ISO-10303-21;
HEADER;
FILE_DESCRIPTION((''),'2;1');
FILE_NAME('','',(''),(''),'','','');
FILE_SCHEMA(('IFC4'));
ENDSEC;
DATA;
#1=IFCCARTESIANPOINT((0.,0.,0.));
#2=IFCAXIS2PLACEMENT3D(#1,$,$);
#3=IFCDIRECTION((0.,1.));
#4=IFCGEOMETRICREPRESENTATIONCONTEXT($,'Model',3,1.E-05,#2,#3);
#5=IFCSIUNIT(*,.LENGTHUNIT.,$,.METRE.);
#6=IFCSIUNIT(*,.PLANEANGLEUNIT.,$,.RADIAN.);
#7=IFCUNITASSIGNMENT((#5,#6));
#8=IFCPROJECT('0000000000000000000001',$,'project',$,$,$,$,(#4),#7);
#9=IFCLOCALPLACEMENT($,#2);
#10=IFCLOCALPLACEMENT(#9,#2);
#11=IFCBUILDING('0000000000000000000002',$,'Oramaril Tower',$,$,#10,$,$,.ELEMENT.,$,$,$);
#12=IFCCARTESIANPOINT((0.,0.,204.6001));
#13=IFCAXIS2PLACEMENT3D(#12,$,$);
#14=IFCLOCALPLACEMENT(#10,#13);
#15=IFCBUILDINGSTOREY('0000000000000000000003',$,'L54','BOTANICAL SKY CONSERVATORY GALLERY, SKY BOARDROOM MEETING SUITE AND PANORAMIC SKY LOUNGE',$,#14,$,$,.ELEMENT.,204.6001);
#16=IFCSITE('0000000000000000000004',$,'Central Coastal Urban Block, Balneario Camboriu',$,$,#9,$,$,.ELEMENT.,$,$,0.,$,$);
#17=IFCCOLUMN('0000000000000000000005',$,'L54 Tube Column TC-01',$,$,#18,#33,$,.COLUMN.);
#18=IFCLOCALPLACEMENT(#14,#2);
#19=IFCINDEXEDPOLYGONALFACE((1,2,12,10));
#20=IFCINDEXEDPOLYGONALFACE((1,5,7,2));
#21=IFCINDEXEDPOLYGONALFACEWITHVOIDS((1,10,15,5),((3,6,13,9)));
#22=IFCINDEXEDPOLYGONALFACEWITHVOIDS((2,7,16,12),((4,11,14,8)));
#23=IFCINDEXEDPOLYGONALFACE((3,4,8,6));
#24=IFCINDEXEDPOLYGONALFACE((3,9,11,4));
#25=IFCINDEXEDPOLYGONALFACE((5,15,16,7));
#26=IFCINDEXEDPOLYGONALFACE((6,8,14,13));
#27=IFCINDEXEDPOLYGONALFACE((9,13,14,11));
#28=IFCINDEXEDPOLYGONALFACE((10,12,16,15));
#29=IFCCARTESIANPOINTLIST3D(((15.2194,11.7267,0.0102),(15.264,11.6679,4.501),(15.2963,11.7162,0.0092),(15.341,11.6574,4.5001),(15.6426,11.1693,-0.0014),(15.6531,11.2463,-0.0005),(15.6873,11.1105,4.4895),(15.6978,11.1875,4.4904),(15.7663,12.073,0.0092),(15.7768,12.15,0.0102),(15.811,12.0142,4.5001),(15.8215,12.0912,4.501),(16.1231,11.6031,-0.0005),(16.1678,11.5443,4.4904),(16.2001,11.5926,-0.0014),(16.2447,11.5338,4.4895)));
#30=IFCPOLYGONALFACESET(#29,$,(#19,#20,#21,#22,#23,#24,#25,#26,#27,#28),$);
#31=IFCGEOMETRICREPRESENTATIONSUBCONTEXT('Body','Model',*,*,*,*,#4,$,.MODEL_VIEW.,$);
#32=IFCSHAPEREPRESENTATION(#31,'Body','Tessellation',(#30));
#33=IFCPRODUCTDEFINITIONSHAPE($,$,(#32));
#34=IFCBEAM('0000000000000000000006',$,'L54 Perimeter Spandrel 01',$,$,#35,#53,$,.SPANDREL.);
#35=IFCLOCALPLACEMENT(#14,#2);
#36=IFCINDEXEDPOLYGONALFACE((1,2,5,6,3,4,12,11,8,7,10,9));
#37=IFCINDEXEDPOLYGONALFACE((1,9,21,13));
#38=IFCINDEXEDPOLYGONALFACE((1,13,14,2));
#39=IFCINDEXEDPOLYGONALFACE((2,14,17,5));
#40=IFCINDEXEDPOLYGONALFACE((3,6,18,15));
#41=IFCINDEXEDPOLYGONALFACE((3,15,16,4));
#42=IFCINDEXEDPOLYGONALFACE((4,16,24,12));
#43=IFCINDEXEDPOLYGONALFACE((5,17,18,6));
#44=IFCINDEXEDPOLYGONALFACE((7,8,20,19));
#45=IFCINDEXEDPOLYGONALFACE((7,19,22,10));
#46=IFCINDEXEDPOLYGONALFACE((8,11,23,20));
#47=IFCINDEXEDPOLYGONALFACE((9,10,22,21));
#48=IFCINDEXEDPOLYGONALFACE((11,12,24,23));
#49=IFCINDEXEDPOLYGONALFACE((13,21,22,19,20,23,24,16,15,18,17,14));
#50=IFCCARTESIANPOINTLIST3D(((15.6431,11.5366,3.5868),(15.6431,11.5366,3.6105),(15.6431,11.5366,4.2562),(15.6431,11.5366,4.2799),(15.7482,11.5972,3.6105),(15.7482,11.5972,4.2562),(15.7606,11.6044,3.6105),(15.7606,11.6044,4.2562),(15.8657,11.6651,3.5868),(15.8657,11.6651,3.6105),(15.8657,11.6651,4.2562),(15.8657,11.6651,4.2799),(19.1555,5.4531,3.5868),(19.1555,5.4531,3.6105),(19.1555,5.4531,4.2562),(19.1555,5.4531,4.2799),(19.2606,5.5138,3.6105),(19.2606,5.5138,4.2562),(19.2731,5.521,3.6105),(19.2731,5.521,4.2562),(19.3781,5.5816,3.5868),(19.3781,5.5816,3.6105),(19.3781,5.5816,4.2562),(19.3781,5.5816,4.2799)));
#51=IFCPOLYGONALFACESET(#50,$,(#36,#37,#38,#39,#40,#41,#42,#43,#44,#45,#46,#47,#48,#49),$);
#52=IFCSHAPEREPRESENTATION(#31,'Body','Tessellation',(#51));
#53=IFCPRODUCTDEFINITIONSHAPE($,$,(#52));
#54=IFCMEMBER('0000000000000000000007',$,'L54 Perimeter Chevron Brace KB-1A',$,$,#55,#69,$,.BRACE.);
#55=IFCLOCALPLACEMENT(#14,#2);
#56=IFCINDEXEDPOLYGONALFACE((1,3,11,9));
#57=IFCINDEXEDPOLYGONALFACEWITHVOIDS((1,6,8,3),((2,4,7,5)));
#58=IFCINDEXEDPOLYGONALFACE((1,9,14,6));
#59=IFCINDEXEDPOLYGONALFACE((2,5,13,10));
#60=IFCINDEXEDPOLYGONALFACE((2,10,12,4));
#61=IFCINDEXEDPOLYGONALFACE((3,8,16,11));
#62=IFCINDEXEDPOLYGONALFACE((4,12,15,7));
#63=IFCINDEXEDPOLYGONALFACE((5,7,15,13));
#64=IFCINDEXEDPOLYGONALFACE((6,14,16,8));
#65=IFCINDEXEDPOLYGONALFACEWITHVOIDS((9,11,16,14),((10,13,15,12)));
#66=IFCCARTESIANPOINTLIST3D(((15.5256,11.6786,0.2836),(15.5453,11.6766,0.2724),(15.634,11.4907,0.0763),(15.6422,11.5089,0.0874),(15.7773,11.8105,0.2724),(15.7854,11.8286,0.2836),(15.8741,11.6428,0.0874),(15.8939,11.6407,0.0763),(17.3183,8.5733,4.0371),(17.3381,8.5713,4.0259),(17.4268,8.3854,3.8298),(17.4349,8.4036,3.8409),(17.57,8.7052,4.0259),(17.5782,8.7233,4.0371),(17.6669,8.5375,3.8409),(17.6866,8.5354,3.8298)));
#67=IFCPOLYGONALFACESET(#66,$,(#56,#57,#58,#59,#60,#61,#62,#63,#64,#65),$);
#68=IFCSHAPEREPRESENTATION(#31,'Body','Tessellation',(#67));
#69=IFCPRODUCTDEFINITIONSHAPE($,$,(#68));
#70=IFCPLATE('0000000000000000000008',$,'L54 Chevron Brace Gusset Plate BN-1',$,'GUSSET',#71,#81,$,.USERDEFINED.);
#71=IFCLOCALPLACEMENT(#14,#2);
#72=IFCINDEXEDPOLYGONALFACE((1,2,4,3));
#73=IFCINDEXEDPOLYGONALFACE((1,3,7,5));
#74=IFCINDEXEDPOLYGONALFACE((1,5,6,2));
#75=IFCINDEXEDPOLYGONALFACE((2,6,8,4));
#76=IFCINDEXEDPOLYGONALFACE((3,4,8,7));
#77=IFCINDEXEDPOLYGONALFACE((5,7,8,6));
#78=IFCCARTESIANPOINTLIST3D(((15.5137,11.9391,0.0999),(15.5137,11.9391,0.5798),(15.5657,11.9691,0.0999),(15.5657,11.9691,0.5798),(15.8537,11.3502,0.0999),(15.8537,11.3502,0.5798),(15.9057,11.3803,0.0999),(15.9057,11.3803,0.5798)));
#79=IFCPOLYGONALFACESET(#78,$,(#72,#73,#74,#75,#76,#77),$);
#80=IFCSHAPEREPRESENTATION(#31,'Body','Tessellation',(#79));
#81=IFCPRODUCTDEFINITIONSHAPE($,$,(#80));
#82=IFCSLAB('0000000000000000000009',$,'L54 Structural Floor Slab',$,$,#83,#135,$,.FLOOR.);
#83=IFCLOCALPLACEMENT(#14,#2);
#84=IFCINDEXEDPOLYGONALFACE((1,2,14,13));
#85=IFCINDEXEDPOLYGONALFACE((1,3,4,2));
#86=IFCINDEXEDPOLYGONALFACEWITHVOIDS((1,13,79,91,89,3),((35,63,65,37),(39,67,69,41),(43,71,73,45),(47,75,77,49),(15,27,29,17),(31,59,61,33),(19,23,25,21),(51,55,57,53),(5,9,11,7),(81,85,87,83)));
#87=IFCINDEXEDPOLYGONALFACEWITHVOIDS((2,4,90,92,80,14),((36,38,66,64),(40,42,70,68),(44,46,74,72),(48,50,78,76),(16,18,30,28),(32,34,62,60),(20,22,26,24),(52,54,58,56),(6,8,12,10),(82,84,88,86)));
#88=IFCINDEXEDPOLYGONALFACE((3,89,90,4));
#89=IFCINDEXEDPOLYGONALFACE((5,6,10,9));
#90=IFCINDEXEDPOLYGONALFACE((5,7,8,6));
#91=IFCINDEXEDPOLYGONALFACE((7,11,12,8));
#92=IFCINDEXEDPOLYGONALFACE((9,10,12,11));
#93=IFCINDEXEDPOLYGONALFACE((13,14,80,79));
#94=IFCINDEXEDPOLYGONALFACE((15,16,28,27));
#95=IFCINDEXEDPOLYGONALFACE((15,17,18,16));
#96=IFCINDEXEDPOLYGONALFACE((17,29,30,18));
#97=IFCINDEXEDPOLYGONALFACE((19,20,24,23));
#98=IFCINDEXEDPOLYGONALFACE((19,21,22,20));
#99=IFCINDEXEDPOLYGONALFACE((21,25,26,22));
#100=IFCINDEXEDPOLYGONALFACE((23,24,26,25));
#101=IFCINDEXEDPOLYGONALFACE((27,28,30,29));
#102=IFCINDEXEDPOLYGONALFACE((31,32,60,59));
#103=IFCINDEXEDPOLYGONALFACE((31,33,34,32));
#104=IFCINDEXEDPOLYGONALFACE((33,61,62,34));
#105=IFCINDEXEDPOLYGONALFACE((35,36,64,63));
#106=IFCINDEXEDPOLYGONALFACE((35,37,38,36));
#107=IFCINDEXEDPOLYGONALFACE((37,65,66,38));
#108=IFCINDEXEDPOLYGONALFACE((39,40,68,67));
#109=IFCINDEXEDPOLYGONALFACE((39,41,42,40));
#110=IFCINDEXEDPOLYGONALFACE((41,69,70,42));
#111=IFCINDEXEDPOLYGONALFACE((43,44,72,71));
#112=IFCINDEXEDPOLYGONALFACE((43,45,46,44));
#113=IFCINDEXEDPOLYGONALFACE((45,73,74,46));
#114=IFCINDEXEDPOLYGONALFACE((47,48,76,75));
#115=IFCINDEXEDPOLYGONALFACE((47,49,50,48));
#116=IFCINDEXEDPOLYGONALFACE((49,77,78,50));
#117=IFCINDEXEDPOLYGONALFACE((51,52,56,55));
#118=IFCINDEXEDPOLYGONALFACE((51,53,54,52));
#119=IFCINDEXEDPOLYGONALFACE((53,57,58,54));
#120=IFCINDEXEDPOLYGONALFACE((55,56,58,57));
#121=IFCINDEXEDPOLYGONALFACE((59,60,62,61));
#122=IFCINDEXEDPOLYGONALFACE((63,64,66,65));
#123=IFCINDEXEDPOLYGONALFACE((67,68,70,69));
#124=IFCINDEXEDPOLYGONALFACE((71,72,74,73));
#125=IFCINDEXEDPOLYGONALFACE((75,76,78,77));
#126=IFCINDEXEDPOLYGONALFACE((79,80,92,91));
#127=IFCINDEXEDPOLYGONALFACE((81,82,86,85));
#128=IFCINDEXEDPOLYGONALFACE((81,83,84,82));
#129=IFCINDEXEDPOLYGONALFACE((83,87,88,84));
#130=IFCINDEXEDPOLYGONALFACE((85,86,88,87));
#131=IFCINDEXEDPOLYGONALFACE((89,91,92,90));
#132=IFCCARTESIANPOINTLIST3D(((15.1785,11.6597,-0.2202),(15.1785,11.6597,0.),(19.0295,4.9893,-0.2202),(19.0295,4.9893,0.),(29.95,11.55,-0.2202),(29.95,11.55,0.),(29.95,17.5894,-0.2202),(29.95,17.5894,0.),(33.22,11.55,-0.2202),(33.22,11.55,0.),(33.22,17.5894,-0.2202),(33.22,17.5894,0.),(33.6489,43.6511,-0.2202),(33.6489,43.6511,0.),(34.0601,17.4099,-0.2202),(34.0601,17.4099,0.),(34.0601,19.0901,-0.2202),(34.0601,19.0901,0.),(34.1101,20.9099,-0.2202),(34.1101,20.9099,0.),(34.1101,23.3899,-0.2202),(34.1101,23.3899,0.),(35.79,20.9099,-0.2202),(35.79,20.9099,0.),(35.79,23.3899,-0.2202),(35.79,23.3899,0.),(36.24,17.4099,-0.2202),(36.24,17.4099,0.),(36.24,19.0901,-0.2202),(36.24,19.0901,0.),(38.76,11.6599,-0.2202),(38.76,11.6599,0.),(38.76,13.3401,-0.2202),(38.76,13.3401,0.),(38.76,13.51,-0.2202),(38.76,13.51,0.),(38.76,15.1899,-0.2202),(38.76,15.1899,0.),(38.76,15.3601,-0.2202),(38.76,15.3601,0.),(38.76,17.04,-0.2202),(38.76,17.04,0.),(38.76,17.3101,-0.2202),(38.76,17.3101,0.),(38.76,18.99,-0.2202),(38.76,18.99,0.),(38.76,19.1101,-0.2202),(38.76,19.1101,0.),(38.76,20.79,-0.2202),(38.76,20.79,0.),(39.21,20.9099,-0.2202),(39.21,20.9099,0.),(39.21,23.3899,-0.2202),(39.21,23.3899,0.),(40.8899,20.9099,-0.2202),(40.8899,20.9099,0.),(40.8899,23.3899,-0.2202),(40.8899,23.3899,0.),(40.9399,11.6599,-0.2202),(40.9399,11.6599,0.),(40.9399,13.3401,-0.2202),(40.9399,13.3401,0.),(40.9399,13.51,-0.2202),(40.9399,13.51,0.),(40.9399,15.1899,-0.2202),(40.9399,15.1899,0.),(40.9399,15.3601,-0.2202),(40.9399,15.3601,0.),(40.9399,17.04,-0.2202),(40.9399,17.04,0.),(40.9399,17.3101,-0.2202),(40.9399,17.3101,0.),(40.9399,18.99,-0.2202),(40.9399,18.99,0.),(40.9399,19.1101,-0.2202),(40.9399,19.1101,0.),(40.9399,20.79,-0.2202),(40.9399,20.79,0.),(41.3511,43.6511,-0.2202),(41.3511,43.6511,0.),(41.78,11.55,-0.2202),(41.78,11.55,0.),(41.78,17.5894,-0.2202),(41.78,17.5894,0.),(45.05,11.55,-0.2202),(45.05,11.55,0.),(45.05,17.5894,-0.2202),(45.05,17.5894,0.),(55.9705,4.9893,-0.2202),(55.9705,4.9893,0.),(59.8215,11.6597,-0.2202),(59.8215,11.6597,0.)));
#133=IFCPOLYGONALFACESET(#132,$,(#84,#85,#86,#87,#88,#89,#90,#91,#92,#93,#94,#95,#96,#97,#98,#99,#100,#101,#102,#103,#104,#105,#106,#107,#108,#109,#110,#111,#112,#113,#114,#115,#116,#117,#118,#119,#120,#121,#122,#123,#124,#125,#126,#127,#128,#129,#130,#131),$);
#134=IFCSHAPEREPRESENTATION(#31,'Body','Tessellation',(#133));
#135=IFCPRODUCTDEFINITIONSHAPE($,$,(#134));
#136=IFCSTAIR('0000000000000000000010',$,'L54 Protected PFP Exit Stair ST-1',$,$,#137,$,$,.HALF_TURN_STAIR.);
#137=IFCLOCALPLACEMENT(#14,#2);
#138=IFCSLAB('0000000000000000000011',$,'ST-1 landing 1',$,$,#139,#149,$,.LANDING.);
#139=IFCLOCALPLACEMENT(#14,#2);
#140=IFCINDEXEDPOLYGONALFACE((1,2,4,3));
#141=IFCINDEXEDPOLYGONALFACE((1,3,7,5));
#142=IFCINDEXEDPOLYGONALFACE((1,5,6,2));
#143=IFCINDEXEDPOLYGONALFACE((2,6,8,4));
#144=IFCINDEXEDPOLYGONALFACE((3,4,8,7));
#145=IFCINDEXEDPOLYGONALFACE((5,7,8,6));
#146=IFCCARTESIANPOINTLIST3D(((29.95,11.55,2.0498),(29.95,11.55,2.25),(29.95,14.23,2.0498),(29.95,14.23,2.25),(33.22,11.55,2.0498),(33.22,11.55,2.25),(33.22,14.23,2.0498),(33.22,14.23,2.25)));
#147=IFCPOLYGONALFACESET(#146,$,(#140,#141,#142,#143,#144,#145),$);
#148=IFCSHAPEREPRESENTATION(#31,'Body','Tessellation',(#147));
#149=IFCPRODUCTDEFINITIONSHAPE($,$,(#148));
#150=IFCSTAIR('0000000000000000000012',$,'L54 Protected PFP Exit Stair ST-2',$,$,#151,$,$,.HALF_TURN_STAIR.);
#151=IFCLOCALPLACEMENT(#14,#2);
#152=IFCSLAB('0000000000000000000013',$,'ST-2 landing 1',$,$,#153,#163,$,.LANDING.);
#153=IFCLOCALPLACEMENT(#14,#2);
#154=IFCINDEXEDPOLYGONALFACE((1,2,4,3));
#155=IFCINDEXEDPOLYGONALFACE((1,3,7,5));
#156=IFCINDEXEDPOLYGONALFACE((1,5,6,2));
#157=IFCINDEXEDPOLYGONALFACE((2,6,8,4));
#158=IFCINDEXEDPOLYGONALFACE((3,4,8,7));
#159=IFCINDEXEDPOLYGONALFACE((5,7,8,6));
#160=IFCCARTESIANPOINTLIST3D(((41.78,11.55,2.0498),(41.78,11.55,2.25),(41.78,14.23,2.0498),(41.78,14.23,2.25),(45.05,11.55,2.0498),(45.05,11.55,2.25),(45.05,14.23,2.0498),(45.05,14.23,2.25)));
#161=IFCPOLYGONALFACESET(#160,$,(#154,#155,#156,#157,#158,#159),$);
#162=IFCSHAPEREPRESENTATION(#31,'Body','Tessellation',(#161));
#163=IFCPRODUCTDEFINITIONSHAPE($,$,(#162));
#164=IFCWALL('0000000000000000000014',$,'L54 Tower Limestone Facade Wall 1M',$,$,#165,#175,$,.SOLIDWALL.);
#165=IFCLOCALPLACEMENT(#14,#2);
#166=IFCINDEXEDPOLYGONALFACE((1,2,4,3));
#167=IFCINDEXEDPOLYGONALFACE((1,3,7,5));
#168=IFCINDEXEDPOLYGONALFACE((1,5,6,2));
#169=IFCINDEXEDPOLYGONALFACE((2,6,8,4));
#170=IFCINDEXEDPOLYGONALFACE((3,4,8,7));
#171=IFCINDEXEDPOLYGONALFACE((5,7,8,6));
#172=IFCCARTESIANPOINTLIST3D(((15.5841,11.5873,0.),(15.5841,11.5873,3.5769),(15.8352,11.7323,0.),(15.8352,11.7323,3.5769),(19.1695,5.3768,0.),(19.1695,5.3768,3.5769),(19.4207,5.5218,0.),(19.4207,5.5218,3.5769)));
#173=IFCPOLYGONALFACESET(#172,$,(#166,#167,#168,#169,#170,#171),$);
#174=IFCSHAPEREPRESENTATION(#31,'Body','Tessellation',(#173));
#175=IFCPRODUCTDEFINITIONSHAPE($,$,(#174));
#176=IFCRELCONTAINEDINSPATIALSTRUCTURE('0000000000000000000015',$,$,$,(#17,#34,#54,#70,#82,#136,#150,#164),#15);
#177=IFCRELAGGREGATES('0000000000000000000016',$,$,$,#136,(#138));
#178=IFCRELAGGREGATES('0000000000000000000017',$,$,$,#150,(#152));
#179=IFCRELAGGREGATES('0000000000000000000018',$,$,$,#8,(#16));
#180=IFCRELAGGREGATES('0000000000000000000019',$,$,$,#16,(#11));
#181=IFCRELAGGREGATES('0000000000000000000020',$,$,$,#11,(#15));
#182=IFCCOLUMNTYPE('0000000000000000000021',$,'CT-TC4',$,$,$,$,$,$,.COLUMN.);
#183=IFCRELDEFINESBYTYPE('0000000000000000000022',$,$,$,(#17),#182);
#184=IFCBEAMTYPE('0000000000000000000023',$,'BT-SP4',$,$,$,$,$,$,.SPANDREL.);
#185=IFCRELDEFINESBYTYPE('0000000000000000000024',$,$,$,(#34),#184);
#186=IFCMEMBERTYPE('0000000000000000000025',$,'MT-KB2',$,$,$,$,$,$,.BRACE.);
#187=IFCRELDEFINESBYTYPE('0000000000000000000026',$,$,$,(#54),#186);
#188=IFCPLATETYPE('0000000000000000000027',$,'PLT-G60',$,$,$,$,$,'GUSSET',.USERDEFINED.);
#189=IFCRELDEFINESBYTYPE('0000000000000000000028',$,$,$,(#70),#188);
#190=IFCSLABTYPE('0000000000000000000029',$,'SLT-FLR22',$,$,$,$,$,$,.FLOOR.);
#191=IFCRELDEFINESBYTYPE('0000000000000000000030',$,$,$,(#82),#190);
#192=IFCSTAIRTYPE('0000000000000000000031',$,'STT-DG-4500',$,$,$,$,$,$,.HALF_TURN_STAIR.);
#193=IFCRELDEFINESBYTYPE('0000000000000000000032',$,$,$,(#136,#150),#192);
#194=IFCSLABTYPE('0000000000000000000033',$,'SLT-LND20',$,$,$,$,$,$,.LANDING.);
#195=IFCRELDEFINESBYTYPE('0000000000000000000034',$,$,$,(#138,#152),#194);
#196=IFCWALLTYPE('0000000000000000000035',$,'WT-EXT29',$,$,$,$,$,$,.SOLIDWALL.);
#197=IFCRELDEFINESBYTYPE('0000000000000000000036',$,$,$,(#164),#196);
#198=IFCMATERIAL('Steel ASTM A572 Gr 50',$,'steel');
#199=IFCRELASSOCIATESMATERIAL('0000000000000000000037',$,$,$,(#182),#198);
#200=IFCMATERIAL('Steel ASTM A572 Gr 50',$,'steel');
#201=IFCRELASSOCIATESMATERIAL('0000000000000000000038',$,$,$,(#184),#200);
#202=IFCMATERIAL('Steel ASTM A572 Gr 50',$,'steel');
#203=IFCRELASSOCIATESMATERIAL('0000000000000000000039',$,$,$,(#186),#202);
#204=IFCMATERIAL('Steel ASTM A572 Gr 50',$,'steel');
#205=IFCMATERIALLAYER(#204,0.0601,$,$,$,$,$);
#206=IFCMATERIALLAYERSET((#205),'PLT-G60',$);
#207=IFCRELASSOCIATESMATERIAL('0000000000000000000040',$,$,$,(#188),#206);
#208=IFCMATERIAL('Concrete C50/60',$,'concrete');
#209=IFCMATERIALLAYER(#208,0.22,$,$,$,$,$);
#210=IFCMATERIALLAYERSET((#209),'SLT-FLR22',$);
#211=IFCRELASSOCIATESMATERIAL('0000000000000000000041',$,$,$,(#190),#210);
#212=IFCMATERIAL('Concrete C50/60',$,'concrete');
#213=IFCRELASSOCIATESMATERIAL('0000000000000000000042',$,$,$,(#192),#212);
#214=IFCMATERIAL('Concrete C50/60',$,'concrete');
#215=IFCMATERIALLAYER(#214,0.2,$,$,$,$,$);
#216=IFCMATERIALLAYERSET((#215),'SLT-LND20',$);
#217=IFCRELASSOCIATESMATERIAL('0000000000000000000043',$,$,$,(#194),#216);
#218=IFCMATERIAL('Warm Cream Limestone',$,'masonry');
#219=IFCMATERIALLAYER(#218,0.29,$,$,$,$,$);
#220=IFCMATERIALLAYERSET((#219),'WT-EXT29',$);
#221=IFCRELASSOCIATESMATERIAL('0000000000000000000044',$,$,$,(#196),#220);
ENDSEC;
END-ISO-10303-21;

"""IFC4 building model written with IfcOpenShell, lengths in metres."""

from ifc_helpers import new_model, si_unit, direction, frame, frame_2d, origin, origin_2d, place, context, subcontext, project, spatial, polyline, rectangle, hollow_rectangle, i_section, outline, extrude, material, layer, layer_set, material_profile, profile_set, type_object, element, aggregate, save


model = new_model("IFC4")

# Units and contexts
model_context = context("Model", 3, precision=1e-05, world=origin(), true_north=direction((0.0, 1.0)))
body_context = subcontext(model_context, "Body", "Model", "MODEL_VIEW")
ifc_project = project(units=[si_unit("LENGTHUNIT", "METRE"), si_unit("PLANEANGLEUNIT", "RADIAN")], contexts=[model_context])

# Site, building, storey
site_placement = place(None, origin())
site = spatial("IfcSite", under=ifc_project, at=site_placement, Name="Central Coastal Urban Block, Balneario Camboriu", CompositionType="ELEMENT", RefElevation=0.0)
building_placement = place(site_placement, origin())
building = spatial("IfcBuilding", under=site, at=building_placement, Name="Oramaril Tower", CompositionType="ELEMENT")
storey_placement = place(building_placement, frame((0.0, 0.0, 204.6001)))
storey = spatial("IfcBuildingStorey", under=building, at=storey_placement, Name="L54", Description="BOTANICAL SKY CONSERVATORY GALLERY, SKY BOARDROOM MEETING SUITE AND PANORAMIC SKY LOUNGE", CompositionType="ELEMENT", Elevation=204.6001)

# Column
ifc_material_1 = material(Name="Steel ASTM A572 Gr 50", Category="steel")
ifc_material_profile_1 = material_profile(ifc_material_1, hollow_rectangle(XDim=0.7, YDim=0.7, WallThickness=0.0549, at=origin_2d()), Name="BOX700X700X55")
ifc_profile_set_1 = profile_set([ifc_material_profile_1], Name="Steel ASTM A572 Gr 50")
column_type = type_object("IfcColumnType", Name="CT-TC4", PredefinedType="COLUMN", material=ifc_profile_set_1)
column_placement = place(storey_placement, frame((15.7097, 11.6597, 0.0044), z_axis=(0.009947, -0.0131, 0.999865), x_axis=(0.796417, 0.604748, 0.0)))
element("IfcColumn", 1, at=column_placement, inside=storey, type_object=column_type, Name="L54 Tube Column TC-01", PredefinedType="COLUMN", context=body_context, shape_type="SweptSolid", body=[
    extrude(hollow_rectangle(XDim=0.7, YDim=0.7, WallThickness=0.0549, at=origin_2d()), origin(), (0.0, 0.0, 1.0), 4.4915),
])

# Beam
ifc_material_2 = material(Name="Steel ASTM A572 Gr 50", Category="steel")
ifc_material_profile_2 = material_profile(ifc_material_2, i_section(OverallWidth=0.2571, OverallDepth=0.6931, WebThickness=0.0144, FlangeThickness=0.0237, at=origin_2d()), Name="W27X114")
ifc_profile_set_2 = profile_set([ifc_material_profile_2], Name="Steel ASTM A572 Gr 50")
beam_type = type_object("IfcBeamType", Name="BT-SP4", PredefinedType="SPANDREL", material=ifc_profile_set_2)
beam_placement = place(storey_placement, frame((15.7544, 11.6008, 3.9333), z_axis=(0.500015, -0.866017, 0.0), x_axis=(0.866017, 0.500015, 0.0)))
element("IfcBeam", 2, at=beam_placement, inside=storey, type_object=beam_type, Name="L54 Perimeter Spandrel 01", PredefinedType="SPANDREL", context=body_context, shape_type="SweptSolid", body=[
    extrude(i_section(OverallWidth=0.2571, OverallDepth=0.6931, WebThickness=0.0144, FlangeThickness=0.0237, at=origin_2d()), origin(), (0.0, 0.0, 1.0), 7.0247),
])

# Member
ifc_material_3 = material(Name="Steel ASTM A572 Gr 50", Category="steel")
ifc_material_profile_3 = material_profile(ifc_material_3, hollow_rectangle(XDim=0.3, YDim=0.3, WallThickness=0.0161, at=origin_2d()), Name="HSS300X300X16")
ifc_profile_set_3 = profile_set([ifc_material_profile_3], Name="Steel ASTM A572 Gr 50")
member_type = type_object("IfcMemberType", Name="MT-KB2", PredefinedType="BRACE", material=ifc_profile_set_3)
member_placement = place(storey_placement, frame((15.7097, 11.6597, 0.1799), z_axis=(0.345366, -0.598217, 0.72309), x_axis=(0.866035, 0.499984, 0.0)))
element("IfcMember", 3, at=member_placement, inside=storey, type_object=member_type, Name="L54 Perimeter Chevron Brace KB-1A", PredefinedType="BRACE", context=body_context, shape_type="SweptSolid", body=[
    extrude(hollow_rectangle(XDim=0.3, YDim=0.3, WallThickness=0.0161, at=origin_2d()), origin(), (0.0, 0.0, 1.0), 5.1909),
])

# Plate
ifc_material_4 = material(Name="Steel ASTM A572 Gr 50", Category="steel")
ifc_layer_1 = layer(ifc_material_4, 0.0601)
ifc_layer_set_1 = layer_set([ifc_layer_1], Name="PLT-G60")
plate_type = type_object("IfcPlateType", Name="PLT-G60", ElementType="GUSSET", PredefinedType="USERDEFINED", material=ifc_layer_set_1)
plate_placement = place(storey_placement, frame((15.7097, 11.6597, 0.0999), z_axis=(0.0, 0.0, 1.0), x_axis=(0.499998, -0.866026, 0.0)))
element("IfcPlate", 4, at=plate_placement, inside=storey, type_object=plate_type, Name="L54 Chevron Brace Gusset Plate BN-1", ObjectType="GUSSET", PredefinedType="USERDEFINED", context=body_context, shape_type="SweptSolid", body=[
    extrude(rectangle(XDim=0.6799, YDim=0.0601, at=origin_2d()), origin(), (0.0, 0.0, 1.0), 0.48),
])

# Slab
ifc_material_5 = material(Name="Concrete C50/60", Category="concrete")
ifc_layer_2 = layer(ifc_material_5, 0.22)
ifc_layer_set_2 = layer_set([ifc_layer_2], Name="SLT-FLR22")
slab_type_1 = type_object("IfcSlabType", Name="SLT-FLR22", PredefinedType="FLOOR", material=ifc_layer_set_2)
slab_1_placement = place(storey_placement, frame((0.0, 0.0, -0.2202)))
element("IfcSlab", 5, at=slab_1_placement, inside=storey, type_object=slab_type_1, Name="L54 Structural Floor Slab", PredefinedType="FLOOR", context=body_context, shape_type="SweptSolid", body=[
    extrude(outline(polyline([(15.1785, 11.6597), (19.0295, 4.9893), (55.9705, 4.9893), (59.8215, 11.6597), (41.3511, 43.6511), (33.6489, 43.6511), (15.1785, 11.6597)]), holes=[polyline([(29.95, 17.5894), (29.95, 11.55), (33.22, 11.55), (33.22, 17.5894), (29.95, 17.5894)]), polyline([(41.78, 17.5894), (41.78, 11.55), (45.05, 11.55), (45.05, 17.5894), (41.78, 17.5894)]), polyline([(34.1101, 20.9099), (35.79, 20.9099), (35.79, 23.3899), (34.1101, 23.3899), (34.1101, 20.9099)]), polyline([(39.21, 20.9099), (40.8899, 20.9099), (40.8899, 23.3899), (39.21, 23.3899), (39.21, 20.9099)]), polyline([(38.76, 11.6599), (40.9399, 11.6599), (40.9399, 13.3401), (38.76, 13.3401), (38.76, 11.6599)]), polyline([(38.76, 13.51), (40.9399, 13.51), (40.9399, 15.1899), (38.76, 15.1899), (38.76, 13.51)]), polyline([(38.76, 15.3601), (40.9399, 15.3601), (40.9399, 17.04), (38.76, 17.04), (38.76, 15.3601)]), polyline([(34.0601, 17.4099), (36.24, 17.4099), (36.24, 19.0901), (34.0601, 19.0901), (34.0601, 17.4099)]), polyline([(38.76, 17.3101), (40.9399, 17.3101), (40.9399, 18.99), (38.76, 18.99), (38.76, 17.3101)]), polyline([(38.76, 19.1101), (40.9399, 19.1101), (40.9399, 20.79), (38.76, 20.79), (38.76, 19.1101)])]), origin(), (0.0, 0.0, 1.0), 0.2202),
])

# Stairs, slabs
ifc_material_6 = material(Name="Concrete C50/60", Category="concrete")
stair_type = type_object("IfcStairType", Name="STT-DG-4500", PredefinedType="HALF_TURN_STAIR", material=ifc_material_6)
stair_1_placement = place(storey_placement, origin())
stair_1 = element("IfcStair", 6, at=stair_1_placement, inside=storey, type_object=stair_type, Name="L54 Protected PFP Exit Stair ST-1", PredefinedType="HALF_TURN_STAIR")
ifc_material_7 = material(Name="Concrete C50/60", Category="concrete")
ifc_layer_3 = layer(ifc_material_7, 0.2)
ifc_layer_set_3 = layer_set([ifc_layer_3], Name="SLT-LND20")
slab_type_2 = type_object("IfcSlabType", Name="SLT-LND20", PredefinedType="LANDING", material=ifc_layer_set_3)
slab_2_placement = place(storey_placement, frame((0.0, 0.0, 2.0498)))
slab_2 = element("IfcSlab", 7, at=slab_2_placement, type_object=slab_type_2, Name="ST-1 landing 1", PredefinedType="LANDING", context=body_context, shape_type="SweptSolid", body=[
    extrude(outline(polyline([(29.95, 14.23), (29.95, 11.55), (33.22, 11.55), (33.22, 14.23), (29.95, 14.23)])), origin(), (0.0, 0.0, 1.0), 0.2002),
])
aggregate(stair_1, [slab_2])
stair_2_placement = place(storey_placement, origin())
stair_2 = element("IfcStair", 8, at=stair_2_placement, inside=storey, type_object=stair_type, Name="L54 Protected PFP Exit Stair ST-2", PredefinedType="HALF_TURN_STAIR")
slab_3_placement = place(storey_placement, frame((0.0, 0.0, 2.0498)))
slab_3 = element("IfcSlab", 9, at=slab_3_placement, type_object=slab_type_2, Name="ST-2 landing 1", PredefinedType="LANDING", context=body_context, shape_type="SweptSolid", body=[
    extrude(outline(polyline([(41.78, 14.23), (41.78, 11.55), (45.05, 11.55), (45.05, 14.23), (41.78, 14.23)])), origin(), (0.0, 0.0, 1.0), 0.2002),
])
aggregate(stair_2, [slab_3])

# Wall
ifc_material_8 = material(Name="Warm Cream Limestone", Category="masonry")
ifc_layer_4 = layer(ifc_material_8, 0.29)
ifc_layer_set_4 = layer_set([ifc_layer_4], Name="WT-EXT29")
wall_type = type_object("IfcWallType", Name="WT-EXT29", PredefinedType="SOLIDWALL", material=ifc_layer_set_4)
wall_placement = place(storey_placement, frame((15.7097, 11.6597, 0.0), z_axis=(0.0, 0.0, 1.0), x_axis=(0.499984, -0.866035, 0.0)))
element("IfcWall", 10, at=wall_placement, inside=storey, type_object=wall_type, Name="L54 Tower Limestone Facade Wall 1M", PredefinedType="SOLIDWALL", context=body_context, shape_type="SweptSolid", body=[
    extrude(rectangle(XDim=7.1711, YDim=0.29, at=frame_2d((3.5854, 0.0))), origin(), (0.0, 0.0, 1.0), 3.5769),
])

save(model, "model.ifc")
